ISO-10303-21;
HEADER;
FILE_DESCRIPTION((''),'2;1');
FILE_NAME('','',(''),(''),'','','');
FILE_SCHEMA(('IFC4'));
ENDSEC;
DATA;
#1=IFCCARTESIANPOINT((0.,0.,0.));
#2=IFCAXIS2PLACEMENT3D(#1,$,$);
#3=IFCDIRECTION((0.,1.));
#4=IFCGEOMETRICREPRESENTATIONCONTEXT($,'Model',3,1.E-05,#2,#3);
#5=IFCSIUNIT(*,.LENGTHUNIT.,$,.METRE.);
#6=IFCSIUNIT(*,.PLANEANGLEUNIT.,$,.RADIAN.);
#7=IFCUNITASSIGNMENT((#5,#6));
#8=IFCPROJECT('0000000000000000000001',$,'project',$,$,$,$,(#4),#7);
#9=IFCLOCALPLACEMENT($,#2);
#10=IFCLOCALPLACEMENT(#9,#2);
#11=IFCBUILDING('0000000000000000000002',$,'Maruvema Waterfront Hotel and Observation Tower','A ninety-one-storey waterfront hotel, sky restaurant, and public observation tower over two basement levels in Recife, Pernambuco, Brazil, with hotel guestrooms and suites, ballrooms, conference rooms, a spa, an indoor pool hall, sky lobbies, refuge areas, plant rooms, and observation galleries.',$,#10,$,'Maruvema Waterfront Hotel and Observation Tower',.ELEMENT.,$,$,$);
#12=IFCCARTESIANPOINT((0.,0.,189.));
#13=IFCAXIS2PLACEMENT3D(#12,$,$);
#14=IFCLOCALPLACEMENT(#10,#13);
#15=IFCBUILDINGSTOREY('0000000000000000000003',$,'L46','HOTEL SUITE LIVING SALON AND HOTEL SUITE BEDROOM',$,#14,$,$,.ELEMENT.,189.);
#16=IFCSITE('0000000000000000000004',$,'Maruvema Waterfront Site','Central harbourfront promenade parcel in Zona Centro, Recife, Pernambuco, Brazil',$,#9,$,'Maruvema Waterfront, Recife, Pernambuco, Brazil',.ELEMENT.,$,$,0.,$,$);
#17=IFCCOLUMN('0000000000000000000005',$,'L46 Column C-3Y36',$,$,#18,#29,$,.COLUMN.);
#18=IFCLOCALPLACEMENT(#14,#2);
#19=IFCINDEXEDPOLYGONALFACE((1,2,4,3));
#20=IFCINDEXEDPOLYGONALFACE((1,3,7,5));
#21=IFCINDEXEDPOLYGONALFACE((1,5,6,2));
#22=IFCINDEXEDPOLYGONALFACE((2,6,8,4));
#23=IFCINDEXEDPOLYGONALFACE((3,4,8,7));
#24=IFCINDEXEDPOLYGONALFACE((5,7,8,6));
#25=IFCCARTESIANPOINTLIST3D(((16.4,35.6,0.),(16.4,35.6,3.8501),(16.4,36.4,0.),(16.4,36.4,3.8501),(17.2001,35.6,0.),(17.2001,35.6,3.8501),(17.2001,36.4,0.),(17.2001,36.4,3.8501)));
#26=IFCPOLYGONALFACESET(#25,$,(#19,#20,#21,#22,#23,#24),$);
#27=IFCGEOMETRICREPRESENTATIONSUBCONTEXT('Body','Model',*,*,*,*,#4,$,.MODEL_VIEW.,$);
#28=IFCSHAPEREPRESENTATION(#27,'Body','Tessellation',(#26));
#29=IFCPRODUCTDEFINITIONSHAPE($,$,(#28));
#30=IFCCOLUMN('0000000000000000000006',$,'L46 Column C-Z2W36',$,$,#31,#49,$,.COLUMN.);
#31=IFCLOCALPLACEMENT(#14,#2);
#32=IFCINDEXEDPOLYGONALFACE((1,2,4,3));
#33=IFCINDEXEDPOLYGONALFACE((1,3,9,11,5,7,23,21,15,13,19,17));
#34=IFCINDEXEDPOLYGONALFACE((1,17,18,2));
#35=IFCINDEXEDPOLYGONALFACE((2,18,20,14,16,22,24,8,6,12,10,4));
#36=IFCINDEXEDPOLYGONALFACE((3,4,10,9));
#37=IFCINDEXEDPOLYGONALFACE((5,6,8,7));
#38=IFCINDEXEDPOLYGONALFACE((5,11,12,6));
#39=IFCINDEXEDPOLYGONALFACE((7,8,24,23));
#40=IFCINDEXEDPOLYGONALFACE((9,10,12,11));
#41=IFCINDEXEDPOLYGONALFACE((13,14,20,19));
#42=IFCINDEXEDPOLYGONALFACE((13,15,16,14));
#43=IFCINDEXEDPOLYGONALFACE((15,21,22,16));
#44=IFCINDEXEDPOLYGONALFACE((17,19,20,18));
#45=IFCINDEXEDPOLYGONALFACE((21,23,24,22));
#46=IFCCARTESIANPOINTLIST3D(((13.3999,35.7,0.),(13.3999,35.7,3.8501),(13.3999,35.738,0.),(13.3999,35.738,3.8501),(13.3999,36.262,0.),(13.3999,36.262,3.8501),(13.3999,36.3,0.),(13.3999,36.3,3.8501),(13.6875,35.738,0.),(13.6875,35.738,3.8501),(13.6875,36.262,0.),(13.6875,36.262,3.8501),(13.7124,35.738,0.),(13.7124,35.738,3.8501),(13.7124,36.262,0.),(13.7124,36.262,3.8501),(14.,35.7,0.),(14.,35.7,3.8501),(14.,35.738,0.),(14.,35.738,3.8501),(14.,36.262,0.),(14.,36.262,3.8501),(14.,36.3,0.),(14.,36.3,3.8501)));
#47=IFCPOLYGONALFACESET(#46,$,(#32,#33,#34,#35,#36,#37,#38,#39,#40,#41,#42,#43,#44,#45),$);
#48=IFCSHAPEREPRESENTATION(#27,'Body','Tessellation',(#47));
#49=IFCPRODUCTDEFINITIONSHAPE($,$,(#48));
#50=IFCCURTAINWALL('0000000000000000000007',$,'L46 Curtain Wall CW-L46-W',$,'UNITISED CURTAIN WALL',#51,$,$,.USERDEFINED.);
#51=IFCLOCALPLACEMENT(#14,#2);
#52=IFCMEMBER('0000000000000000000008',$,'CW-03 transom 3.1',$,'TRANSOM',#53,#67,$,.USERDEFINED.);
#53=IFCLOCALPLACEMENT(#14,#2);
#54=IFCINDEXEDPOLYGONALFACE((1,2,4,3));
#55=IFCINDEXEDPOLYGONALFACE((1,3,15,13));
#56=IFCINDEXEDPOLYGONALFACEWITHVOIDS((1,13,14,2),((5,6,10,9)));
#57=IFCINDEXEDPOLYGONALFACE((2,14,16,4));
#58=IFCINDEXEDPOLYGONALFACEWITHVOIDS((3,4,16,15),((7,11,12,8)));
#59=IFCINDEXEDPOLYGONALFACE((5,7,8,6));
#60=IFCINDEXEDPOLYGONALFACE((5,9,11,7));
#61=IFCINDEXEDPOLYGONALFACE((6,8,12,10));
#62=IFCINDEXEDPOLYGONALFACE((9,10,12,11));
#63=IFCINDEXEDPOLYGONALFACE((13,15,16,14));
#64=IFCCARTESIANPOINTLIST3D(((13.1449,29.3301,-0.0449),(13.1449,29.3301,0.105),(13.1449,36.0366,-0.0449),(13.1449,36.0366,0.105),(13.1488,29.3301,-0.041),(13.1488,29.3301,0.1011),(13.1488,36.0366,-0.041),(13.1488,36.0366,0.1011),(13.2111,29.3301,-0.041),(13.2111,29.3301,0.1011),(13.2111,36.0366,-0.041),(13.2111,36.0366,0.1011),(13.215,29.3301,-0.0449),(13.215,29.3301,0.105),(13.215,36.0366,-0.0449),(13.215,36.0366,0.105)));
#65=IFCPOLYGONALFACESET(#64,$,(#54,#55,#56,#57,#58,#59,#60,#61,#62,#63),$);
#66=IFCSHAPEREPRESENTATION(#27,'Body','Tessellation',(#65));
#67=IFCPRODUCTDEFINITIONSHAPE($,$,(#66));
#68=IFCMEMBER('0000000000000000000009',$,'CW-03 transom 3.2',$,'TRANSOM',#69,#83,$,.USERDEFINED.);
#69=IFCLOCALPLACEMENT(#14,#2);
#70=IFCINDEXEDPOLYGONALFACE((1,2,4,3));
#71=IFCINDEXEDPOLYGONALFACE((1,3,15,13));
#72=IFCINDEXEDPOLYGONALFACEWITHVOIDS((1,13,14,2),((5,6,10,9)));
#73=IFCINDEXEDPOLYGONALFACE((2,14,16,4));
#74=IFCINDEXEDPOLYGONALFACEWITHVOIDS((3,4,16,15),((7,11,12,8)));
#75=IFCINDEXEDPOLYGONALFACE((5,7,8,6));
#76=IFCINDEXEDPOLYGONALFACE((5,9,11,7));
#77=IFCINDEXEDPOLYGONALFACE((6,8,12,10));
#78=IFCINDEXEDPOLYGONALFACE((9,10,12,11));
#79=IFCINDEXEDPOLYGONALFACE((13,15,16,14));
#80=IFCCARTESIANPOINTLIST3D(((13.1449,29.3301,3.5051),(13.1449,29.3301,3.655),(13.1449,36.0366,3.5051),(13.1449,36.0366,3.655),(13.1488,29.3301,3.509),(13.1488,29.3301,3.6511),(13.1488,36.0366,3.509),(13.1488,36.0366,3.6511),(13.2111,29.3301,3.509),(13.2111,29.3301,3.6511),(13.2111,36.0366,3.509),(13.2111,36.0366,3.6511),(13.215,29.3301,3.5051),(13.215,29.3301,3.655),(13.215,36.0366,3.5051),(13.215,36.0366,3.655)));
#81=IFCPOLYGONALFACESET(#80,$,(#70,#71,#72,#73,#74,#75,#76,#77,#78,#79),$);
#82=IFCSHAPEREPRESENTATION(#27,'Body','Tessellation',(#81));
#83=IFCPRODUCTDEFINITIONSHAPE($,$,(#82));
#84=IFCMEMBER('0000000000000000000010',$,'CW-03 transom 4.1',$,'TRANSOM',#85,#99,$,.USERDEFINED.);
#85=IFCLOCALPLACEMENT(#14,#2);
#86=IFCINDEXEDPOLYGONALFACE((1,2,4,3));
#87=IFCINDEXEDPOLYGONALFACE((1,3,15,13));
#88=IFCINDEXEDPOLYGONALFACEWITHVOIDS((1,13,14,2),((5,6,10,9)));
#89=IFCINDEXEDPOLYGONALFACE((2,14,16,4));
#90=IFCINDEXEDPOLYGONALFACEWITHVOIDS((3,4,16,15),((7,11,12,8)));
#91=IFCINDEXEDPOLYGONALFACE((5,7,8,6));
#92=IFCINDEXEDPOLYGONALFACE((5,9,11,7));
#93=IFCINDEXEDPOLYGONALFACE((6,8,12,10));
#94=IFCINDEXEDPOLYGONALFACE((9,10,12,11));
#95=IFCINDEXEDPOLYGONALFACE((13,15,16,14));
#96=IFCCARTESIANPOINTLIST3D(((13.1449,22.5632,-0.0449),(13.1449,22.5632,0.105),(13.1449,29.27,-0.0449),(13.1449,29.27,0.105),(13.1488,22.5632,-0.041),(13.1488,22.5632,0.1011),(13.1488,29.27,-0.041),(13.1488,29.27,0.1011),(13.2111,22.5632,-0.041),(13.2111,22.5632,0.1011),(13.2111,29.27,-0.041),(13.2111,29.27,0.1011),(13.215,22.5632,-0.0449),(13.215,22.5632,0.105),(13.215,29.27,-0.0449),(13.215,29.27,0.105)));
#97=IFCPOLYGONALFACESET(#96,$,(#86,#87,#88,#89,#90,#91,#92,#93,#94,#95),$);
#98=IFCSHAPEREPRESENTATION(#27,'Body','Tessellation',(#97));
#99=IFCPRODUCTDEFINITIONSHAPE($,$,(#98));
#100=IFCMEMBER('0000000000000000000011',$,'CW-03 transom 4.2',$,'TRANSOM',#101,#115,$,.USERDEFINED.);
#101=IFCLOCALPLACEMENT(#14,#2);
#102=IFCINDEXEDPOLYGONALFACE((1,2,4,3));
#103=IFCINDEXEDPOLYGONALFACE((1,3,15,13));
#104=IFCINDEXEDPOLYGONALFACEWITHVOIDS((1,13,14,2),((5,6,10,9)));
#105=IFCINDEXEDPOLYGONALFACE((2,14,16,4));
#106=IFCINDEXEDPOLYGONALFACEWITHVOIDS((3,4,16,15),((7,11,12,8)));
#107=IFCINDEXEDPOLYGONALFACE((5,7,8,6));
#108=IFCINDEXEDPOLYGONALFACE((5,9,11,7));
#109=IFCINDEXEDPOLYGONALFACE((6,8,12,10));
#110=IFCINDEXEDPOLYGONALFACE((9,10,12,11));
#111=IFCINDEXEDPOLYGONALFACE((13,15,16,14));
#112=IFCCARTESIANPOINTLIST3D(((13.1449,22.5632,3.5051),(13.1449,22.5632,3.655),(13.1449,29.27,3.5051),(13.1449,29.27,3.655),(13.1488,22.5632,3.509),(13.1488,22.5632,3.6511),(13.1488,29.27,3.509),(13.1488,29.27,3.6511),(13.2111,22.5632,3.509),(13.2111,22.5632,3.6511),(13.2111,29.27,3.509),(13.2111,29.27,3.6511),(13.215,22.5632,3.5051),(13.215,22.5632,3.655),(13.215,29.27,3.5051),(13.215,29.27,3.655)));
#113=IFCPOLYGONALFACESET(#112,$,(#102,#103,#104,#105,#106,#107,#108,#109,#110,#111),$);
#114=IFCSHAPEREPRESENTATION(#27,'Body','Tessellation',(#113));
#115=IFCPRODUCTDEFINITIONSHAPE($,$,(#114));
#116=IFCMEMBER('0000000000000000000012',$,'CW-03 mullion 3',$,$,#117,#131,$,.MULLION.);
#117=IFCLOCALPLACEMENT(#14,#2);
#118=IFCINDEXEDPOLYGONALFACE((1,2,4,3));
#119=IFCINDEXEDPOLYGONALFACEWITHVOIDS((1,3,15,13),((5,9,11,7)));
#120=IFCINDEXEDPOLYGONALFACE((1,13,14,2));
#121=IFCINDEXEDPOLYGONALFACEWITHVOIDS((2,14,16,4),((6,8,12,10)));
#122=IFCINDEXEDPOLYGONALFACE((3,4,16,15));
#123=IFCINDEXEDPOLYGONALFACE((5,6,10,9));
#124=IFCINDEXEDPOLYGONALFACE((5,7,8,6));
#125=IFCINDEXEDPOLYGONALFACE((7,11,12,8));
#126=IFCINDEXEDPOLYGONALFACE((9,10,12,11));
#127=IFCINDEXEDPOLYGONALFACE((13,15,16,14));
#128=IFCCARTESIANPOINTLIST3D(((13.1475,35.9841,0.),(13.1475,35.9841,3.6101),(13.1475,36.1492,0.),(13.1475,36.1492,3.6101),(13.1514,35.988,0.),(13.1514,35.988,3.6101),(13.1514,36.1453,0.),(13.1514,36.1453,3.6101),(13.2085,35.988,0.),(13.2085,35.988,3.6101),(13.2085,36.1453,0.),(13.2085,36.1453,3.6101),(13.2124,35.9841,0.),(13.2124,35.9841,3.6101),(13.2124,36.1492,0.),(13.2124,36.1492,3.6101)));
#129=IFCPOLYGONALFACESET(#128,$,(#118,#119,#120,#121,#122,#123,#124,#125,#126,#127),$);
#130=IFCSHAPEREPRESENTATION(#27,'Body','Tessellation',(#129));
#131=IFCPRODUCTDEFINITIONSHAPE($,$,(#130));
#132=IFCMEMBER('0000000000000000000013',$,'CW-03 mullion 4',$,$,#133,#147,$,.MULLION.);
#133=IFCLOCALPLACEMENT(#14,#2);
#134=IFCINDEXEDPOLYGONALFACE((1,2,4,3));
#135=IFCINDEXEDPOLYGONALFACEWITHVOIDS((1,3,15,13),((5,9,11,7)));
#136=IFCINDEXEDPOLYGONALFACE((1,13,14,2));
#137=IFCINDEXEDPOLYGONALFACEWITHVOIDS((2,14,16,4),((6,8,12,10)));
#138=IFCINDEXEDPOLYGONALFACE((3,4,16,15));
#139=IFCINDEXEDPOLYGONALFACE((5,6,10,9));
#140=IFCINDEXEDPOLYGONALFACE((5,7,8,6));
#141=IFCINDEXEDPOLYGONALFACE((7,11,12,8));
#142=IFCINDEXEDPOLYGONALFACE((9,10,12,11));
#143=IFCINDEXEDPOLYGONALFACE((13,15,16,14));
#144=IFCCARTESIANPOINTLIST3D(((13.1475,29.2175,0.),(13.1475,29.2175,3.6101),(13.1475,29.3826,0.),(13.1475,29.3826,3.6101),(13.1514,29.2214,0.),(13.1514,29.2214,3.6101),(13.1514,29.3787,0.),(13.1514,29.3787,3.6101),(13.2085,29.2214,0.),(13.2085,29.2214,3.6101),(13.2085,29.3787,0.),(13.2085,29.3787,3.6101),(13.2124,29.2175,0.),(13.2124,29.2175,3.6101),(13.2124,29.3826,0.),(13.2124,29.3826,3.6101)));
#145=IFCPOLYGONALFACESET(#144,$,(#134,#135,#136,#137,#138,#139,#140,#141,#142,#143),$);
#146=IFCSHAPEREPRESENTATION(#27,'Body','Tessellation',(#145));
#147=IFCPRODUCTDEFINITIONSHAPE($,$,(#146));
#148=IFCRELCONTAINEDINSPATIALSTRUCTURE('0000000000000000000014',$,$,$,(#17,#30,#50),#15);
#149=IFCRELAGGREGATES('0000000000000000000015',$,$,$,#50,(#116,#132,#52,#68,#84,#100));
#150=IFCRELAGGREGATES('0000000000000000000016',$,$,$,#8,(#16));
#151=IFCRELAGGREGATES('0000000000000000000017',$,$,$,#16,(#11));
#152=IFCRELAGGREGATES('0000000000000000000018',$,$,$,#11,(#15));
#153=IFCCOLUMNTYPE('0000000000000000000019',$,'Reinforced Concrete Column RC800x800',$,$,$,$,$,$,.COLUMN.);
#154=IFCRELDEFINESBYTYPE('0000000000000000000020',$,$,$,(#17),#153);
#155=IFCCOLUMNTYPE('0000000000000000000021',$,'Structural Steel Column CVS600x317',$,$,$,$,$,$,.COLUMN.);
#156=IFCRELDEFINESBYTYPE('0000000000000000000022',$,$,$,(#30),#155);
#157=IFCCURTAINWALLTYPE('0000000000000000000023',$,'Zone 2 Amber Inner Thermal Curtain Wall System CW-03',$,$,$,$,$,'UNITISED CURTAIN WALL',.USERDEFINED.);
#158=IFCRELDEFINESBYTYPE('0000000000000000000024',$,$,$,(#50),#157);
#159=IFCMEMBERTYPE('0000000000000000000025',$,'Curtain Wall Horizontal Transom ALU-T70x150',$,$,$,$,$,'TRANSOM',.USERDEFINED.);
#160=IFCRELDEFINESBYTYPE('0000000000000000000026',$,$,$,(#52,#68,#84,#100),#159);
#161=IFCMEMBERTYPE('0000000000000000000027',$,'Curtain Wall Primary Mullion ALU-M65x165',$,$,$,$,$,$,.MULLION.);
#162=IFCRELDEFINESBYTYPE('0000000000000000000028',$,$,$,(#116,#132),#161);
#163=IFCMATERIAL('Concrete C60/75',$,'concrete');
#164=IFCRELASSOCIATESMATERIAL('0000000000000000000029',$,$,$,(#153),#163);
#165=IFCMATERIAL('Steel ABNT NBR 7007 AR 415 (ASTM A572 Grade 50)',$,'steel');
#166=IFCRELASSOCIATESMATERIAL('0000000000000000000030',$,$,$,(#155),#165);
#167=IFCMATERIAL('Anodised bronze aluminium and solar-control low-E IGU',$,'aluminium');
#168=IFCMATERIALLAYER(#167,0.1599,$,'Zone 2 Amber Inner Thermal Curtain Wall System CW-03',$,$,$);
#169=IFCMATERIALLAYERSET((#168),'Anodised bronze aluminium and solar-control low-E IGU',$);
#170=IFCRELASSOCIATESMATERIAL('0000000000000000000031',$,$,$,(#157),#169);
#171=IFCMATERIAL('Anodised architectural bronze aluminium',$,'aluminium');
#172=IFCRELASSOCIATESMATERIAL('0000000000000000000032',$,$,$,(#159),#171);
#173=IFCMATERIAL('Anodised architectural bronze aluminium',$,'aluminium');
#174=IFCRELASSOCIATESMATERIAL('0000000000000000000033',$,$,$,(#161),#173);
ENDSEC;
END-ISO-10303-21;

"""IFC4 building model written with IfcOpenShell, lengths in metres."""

from ifc_helpers import new_model, si_unit, direction, frame, origin, origin_2d, place, context, subcontext, project, spatial, rectangle, hollow_rectangle, i_section, extrude, material, layer, layer_set, material_profile, profile_set, type_object, element, aggregate, save


model = new_model("IFC4")

# Units and contexts
model_context = context("Model", 3, precision=1e-05, world=origin(), true_north=direction((0.0, 1.0)))
body_context = subcontext(model_context, "Body", "Model", "MODEL_VIEW")
ifc_project = project(units=[si_unit("LENGTHUNIT", "METRE"), si_unit("PLANEANGLEUNIT", "RADIAN")], contexts=[model_context])

# Site, building, storey
site_placement = place(None, origin())
site = spatial("IfcSite", under=ifc_project, at=site_placement, Name="Maruvema Waterfront Site", Description="Central harbourfront promenade parcel in Zona Centro, Recife, Pernambuco, Brazil", LongName="Maruvema Waterfront, Recife, Pernambuco, Brazil", CompositionType="ELEMENT", RefElevation=0.0)
building_placement = place(site_placement, origin())
building = spatial("IfcBuilding", under=site, at=building_placement, Name="Maruvema Waterfront Hotel and Observation Tower", Description="A ninety-one-storey waterfront hotel, sky restaurant, and public observation tower over two basement levels in Recife, Pernambuco, Brazil, with hotel guestrooms and suites, ballrooms, conference rooms, a spa, an indoor pool hall, sky lobbies, refuge areas, plant rooms, and observation galleries.", LongName="Maruvema Waterfront Hotel and Observation Tower", CompositionType="ELEMENT")
storey_placement = place(building_placement, frame((0.0, 0.0, 189.0)))
storey = spatial("IfcBuildingStorey", under=building, at=storey_placement, Name="L46", Description="HOTEL SUITE LIVING SALON AND HOTEL SUITE BEDROOM", CompositionType="ELEMENT", Elevation=189.0)

# Columns
ifc_material_1 = material(Name="Concrete C60/75", Category="concrete")
ifc_material_profile_1 = material_profile(ifc_material_1, rectangle(XDim=0.8, YDim=0.8, at=origin_2d()), Name="RC800x800")
ifc_profile_set_1 = profile_set([ifc_material_profile_1], Name="Concrete C60/75")
column_type_1 = type_object("IfcColumnType", Name="Reinforced Concrete Column RC800x800", PredefinedType="COLUMN", material=ifc_profile_set_1)
column_1_placement = place(storey_placement, frame((16.8, 36.0, 0.0), z_axis=(0.0, 0.0, 1.0), x_axis=(1.0, 0.0, 0.0)))
element("IfcColumn", 1, at=column_1_placement, inside=storey, type_object=column_type_1, Name="L46 Column C-3Y36", PredefinedType="COLUMN", context=body_context, shape_type="SweptSolid", body=[
    extrude(rectangle(XDim=0.8, YDim=0.8, at=origin_2d()), origin(), (0.0, 0.0, 1.0), 3.8501),
])
ifc_material_2 = material(Name="Steel ABNT NBR 7007 AR 415 (ASTM A572 Grade 50)", Category="steel")
ifc_material_profile_2 = material_profile(ifc_material_2, i_section(OverallWidth=0.6001, OverallDepth=0.6001, WebThickness=0.0249, FlangeThickness=0.0381, at=origin_2d()), Name="CVS600x317")
ifc_profile_set_2 = profile_set([ifc_material_profile_2], Name="Steel ABNT NBR 7007 AR 415 (ASTM A572 Grade 50)")
column_type_2 = type_object("IfcColumnType", Name="Structural Steel Column CVS600x317", PredefinedType="COLUMN", material=ifc_profile_set_2)
column_2_placement = place(storey_placement, frame((13.7, 36.0, 0.0), z_axis=(0.0, 0.0, 1.0), x_axis=(1.0, 0.0, 0.0)))
element("IfcColumn", 2, at=column_2_placement, inside=storey, type_object=column_type_2, Name="L46 Column C-Z2W36", PredefinedType="COLUMN", context=body_context, shape_type="SweptSolid", body=[
    extrude(i_section(OverallWidth=0.6001, OverallDepth=0.6001, WebThickness=0.0249, FlangeThickness=0.0381, at=origin_2d()), origin(), (0.0, 0.0, 1.0), 3.8501),
])

# Curtain wall, members
ifc_material_3 = material(Name="Anodised bronze aluminium and solar-control low-E IGU", Category="aluminium")
ifc_layer_1 = layer(ifc_material_3, 0.1599, Name="Zone 2 Amber Inner Thermal Curtain Wall System CW-03")
ifc_layer_set_1 = layer_set([ifc_layer_1], Name="Anodised bronze aluminium and solar-control low-E IGU")
curtain_wall_type = type_object("IfcCurtainWallType", Name="Zone 2 Amber Inner Thermal Curtain Wall System CW-03", ElementType="UNITISED CURTAIN WALL", PredefinedType="USERDEFINED", material=ifc_layer_set_1)
curtain_wall_placement = place(storey_placement, origin())
curtain_wall = element("IfcCurtainWall", 3, at=curtain_wall_placement, inside=storey, type_object=curtain_wall_type, Name="L46 Curtain Wall CW-L46-W", ObjectType="UNITISED CURTAIN WALL", PredefinedType="USERDEFINED")
ifc_material_4 = material(Name="Anodised architectural bronze aluminium", Category="aluminium")
ifc_material_profile_3 = material_profile(ifc_material_4, hollow_rectangle(XDim=0.0701, YDim=0.1499, WallThickness=0.0039, at=origin_2d()), Name="ALU-T70x150")
ifc_profile_set_3 = profile_set([ifc_material_profile_3], Name="Anodised architectural bronze aluminium")
member_type_1 = type_object("IfcMemberType", Name="Curtain Wall Horizontal Transom ALU-T70x150", ElementType="TRANSOM", PredefinedType="USERDEFINED", material=ifc_profile_set_3)
member_1_placement = place(storey_placement, frame((13.1799, 36.0366, 0.03), z_axis=(0.0, -1.0, 0.0), x_axis=(1.0, 0.0, 0.0)))
member_1 = element("IfcMember", 4, at=member_1_placement, type_object=member_type_1, Name="CW-03 transom 3.1", ObjectType="TRANSOM", PredefinedType="USERDEFINED", context=body_context, shape_type="SweptSolid", body=[
    extrude(hollow_rectangle(XDim=0.0701, YDim=0.1499, WallThickness=0.0039, at=origin_2d()), origin(), (0.0, 0.0, 1.0), 6.7065),
])
member_2_placement = place(storey_placement, frame((13.1799, 36.0366, 3.5801), z_axis=(0.0, -1.0, 0.0), x_axis=(1.0, 0.0, 0.0)))
member_2 = element("IfcMember", 5, at=member_2_placement, type_object=member_type_1, Name="CW-03 transom 3.2", ObjectType="TRANSOM", PredefinedType="USERDEFINED", context=body_context, shape_type="SweptSolid", body=[
    extrude(hollow_rectangle(XDim=0.0701, YDim=0.1499, WallThickness=0.0039, at=origin_2d()), origin(), (0.0, 0.0, 1.0), 6.7065),
])
member_3_placement = place(storey_placement, frame((13.1799, 29.27, 0.03), z_axis=(0.0, -1.0, 0.0), x_axis=(1.0, 0.0, 0.0)))
member_3 = element("IfcMember", 6, at=member_3_placement, type_object=member_type_1, Name="CW-03 transom 4.1", ObjectType="TRANSOM", PredefinedType="USERDEFINED", context=body_context, shape_type="SweptSolid", body=[
    extrude(hollow_rectangle(XDim=0.0701, YDim=0.1499, WallThickness=0.0039, at=origin_2d()), origin(), (0.0, 0.0, 1.0), 6.7068),
])
member_4_placement = place(storey_placement, frame((13.1799, 29.27, 3.5801), z_axis=(0.0, -1.0, 0.0), x_axis=(1.0, 0.0, 0.0)))
member_4 = element("IfcMember", 7, at=member_4_placement, type_object=member_type_1, Name="CW-03 transom 4.2", ObjectType="TRANSOM", PredefinedType="USERDEFINED", context=body_context, shape_type="SweptSolid", body=[
    extrude(hollow_rectangle(XDim=0.0701, YDim=0.1499, WallThickness=0.0039, at=origin_2d()), origin(), (0.0, 0.0, 1.0), 6.7068),
])
ifc_material_5 = material(Name="Anodised architectural bronze aluminium", Category="aluminium")
ifc_material_profile_4 = material_profile(ifc_material_5, hollow_rectangle(XDim=0.0649, YDim=0.165, WallThickness=0.0039, at=origin_2d()), Name="ALU-M65x165")
ifc_profile_set_4 = profile_set([ifc_material_profile_4], Name="Anodised architectural bronze aluminium")
member_type_2 = type_object("IfcMemberType", Name="Curtain Wall Primary Mullion ALU-M65x165", PredefinedType="MULLION", material=ifc_profile_set_4)
member_5_placement = place(storey_placement, frame((13.1799, 36.0667, 0.0), z_axis=(0.0, 0.0, 1.0), x_axis=(1.0, 0.0, 0.0)))
member_5 = element("IfcMember", 8, at=member_5_placement, type_object=member_type_2, Name="CW-03 mullion 3", PredefinedType="MULLION", context=body_context, shape_type="SweptSolid", body=[
    extrude(hollow_rectangle(XDim=0.0649, YDim=0.165, WallThickness=0.0039, at=origin_2d()), origin(), (0.0, 0.0, 1.0), 3.6101),
])
member_6_placement = place(storey_placement, frame((13.1799, 29.3, 0.0), z_axis=(0.0, 0.0, 1.0), x_axis=(1.0, 0.0, 0.0)))
member_6 = element("IfcMember", 9, at=member_6_placement, type_object=member_type_2, Name="CW-03 mullion 4", PredefinedType="MULLION", context=body_context, shape_type="SweptSolid", body=[
    extrude(hollow_rectangle(XDim=0.0649, YDim=0.165, WallThickness=0.0039, at=origin_2d()), origin(), (0.0, 0.0, 1.0), 3.6101),
])

aggregate(curtain_wall, [member_5, member_6, member_1, member_2, member_3, member_4])

save(model, "model.ifc")
